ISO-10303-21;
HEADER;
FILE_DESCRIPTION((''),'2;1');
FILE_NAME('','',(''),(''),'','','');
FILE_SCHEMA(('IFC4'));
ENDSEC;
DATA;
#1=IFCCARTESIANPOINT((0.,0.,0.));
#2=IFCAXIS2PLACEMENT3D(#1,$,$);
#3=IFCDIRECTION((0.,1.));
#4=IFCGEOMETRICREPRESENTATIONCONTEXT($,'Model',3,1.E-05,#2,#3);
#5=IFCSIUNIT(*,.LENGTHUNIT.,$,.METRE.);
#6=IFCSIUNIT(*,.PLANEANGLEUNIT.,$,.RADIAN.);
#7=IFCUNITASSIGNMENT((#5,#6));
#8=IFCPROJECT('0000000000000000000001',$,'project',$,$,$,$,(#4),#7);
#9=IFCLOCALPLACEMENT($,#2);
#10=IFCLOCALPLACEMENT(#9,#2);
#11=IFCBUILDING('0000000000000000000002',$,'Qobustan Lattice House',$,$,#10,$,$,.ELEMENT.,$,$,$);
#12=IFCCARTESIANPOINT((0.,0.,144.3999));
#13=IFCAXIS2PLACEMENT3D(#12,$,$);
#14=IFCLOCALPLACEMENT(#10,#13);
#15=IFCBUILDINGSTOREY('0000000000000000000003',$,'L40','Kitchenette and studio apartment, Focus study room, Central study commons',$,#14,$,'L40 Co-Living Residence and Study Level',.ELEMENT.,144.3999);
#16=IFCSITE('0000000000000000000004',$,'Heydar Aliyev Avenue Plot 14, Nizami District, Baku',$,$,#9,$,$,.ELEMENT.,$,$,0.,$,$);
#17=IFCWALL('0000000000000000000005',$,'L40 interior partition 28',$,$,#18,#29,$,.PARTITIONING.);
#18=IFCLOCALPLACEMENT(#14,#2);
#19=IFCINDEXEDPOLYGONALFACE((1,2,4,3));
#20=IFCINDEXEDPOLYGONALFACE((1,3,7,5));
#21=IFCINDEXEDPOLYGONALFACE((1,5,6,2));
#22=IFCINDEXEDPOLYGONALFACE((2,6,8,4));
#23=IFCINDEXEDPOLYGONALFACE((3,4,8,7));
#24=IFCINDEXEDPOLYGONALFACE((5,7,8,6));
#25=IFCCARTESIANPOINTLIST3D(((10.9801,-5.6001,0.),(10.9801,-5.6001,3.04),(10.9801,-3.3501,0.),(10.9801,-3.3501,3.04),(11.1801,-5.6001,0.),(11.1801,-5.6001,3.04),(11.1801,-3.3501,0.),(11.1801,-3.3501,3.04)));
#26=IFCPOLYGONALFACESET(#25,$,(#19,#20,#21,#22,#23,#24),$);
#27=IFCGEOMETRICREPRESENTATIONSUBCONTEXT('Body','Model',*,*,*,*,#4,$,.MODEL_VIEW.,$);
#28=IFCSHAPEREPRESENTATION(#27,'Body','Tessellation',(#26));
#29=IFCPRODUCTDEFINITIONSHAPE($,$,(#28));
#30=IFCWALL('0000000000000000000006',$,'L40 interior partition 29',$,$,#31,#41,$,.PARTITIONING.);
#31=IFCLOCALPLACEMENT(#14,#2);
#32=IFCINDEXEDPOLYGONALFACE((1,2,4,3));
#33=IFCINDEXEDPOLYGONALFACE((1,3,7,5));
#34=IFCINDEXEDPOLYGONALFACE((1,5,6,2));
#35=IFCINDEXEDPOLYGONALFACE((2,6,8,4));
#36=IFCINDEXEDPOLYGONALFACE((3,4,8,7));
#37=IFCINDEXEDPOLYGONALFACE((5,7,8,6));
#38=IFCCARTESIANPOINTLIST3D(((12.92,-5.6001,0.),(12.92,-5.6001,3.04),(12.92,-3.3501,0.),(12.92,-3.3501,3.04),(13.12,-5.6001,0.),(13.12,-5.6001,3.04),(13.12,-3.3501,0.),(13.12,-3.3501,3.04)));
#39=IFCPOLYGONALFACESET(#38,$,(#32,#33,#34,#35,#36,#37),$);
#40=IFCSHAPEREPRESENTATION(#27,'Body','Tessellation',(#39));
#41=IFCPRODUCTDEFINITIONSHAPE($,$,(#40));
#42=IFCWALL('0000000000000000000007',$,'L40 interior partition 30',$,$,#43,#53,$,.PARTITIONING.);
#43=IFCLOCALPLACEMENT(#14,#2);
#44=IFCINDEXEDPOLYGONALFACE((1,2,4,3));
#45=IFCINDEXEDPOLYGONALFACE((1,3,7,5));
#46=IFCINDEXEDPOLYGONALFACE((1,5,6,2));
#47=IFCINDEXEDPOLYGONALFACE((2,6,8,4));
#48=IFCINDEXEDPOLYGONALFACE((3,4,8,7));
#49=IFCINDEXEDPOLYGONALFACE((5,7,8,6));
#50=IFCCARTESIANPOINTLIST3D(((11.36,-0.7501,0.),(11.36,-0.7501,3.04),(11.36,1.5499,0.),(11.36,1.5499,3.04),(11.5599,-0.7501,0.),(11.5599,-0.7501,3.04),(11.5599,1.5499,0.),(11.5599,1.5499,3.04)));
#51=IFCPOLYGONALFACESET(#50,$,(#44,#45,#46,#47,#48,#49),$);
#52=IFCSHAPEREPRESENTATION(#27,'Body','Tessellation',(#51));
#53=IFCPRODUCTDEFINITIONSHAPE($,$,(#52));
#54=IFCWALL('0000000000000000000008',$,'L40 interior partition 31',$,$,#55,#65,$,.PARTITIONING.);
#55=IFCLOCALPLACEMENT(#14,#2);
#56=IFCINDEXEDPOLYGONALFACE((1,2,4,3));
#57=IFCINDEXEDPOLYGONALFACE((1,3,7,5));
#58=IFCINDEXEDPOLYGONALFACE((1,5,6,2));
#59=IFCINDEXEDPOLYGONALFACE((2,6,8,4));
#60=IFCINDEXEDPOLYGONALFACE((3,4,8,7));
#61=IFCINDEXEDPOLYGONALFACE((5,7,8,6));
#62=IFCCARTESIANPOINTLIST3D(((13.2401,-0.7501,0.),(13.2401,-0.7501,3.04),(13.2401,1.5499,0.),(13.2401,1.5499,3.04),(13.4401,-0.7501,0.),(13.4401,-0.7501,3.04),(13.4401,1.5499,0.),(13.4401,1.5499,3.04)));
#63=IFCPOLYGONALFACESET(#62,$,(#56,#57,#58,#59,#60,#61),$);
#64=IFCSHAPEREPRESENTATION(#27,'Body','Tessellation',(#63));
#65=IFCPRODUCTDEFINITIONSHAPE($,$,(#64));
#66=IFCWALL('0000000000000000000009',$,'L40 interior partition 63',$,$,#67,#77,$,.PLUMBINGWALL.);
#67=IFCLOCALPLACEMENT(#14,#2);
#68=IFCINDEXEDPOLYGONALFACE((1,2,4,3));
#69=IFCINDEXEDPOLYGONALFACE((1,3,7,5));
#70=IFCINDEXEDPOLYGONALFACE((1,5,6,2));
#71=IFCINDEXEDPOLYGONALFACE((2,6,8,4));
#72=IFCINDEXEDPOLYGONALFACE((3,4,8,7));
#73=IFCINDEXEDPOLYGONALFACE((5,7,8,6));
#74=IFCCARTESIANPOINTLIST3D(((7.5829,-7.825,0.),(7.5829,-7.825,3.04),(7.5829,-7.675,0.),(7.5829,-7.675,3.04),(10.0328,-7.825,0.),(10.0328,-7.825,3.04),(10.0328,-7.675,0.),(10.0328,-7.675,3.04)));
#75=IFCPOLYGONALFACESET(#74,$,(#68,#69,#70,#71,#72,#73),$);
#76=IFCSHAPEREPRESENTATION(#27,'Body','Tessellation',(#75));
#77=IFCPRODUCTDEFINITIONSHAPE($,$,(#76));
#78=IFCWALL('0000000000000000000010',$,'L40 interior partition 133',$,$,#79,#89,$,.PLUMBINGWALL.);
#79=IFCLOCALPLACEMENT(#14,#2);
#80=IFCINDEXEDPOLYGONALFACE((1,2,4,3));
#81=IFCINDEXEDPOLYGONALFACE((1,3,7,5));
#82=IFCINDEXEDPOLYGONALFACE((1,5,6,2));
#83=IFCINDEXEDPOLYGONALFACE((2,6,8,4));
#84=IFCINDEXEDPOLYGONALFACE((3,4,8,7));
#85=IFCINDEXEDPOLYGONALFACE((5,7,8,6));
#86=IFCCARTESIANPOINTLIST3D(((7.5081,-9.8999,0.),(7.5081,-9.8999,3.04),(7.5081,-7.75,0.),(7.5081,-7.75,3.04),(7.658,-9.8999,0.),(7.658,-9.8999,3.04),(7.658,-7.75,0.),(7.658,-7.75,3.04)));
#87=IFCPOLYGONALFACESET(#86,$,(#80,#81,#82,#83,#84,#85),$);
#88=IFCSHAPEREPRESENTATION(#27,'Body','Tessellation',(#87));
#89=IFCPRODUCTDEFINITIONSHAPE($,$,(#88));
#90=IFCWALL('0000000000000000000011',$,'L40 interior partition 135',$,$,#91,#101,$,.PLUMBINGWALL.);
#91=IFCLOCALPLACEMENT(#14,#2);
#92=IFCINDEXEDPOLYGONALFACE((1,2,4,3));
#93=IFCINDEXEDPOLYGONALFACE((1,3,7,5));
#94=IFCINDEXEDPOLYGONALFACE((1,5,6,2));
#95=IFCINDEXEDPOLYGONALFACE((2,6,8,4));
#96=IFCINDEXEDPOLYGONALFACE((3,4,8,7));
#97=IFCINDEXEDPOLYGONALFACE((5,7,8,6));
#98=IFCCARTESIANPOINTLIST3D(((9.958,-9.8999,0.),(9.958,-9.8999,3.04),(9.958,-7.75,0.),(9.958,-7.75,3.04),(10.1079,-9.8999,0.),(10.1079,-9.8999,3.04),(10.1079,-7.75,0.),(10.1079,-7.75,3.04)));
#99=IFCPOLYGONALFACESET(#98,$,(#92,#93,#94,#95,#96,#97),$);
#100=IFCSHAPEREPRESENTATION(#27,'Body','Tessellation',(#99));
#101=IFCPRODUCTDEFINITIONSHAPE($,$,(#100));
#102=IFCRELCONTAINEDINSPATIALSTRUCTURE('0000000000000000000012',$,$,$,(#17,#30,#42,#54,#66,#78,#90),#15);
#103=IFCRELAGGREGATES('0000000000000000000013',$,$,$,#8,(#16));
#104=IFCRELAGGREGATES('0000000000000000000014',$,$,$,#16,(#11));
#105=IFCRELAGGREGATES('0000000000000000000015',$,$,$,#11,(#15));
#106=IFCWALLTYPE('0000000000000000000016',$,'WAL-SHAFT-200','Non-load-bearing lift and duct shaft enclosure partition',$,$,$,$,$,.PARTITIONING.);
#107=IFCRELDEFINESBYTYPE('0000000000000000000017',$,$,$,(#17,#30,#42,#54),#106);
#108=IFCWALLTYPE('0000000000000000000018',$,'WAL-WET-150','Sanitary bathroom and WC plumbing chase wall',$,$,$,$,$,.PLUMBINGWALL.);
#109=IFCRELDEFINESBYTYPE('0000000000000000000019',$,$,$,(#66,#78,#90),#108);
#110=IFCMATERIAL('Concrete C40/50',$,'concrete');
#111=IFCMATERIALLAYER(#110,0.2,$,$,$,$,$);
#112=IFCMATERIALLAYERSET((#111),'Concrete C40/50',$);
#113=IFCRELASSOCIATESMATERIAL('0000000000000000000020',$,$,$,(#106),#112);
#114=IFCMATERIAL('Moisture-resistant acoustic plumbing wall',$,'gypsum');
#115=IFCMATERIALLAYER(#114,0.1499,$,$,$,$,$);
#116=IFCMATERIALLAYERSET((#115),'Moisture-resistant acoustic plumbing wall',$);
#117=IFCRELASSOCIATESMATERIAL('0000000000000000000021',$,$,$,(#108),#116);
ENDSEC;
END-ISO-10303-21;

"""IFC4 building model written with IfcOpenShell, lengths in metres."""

from ifc_helpers import new_model, si_unit, direction, frame, frame_2d, origin, place, context, subcontext, project, spatial, rectangle, extrude, material, layer, layer_set, type_object, element, save


model = new_model("IFC4")

# Units and contexts
model_context = context("Model", 3, precision=1e-05, world=origin(), true_north=direction((0.0, 1.0)))
body_context = subcontext(model_context, "Body", "Model", "MODEL_VIEW")
ifc_project = project(units=[si_unit("LENGTHUNIT", "METRE"), si_unit("PLANEANGLEUNIT", "RADIAN")], contexts=[model_context])

# Site, building, storey
site_placement = place(None, origin())
site = spatial("IfcSite", under=ifc_project, at=site_placement, Name="Heydar Aliyev Avenue Plot 14, Nizami District, Baku", CompositionType="ELEMENT", RefElevation=0.0)
building_placement = place(site_placement, origin())
building = spatial("IfcBuilding", under=site, at=building_placement, Name="Qobustan Lattice House", CompositionType="ELEMENT")
storey_placement = place(building_placement, frame((0.0, 0.0, 144.3999)))
storey = spatial("IfcBuildingStorey", under=building, at=storey_placement, Name="L40", Description="Kitchenette and studio apartment, Focus study room, Central study commons", LongName="L40 Co-Living Residence and Study Level", CompositionType="ELEMENT", Elevation=144.3999)

# Shared definitions
ifc_material_1 = material(Name="Concrete C40/50", Category="concrete")
ifc_layer_1 = layer(ifc_material_1, 0.2)
ifc_layer_set_1 = layer_set([ifc_layer_1], Name="Concrete C40/50")
wall_type_1 = type_object("IfcWallType", Name="WAL-SHAFT-200", Description="Non-load-bearing lift and duct shaft enclosure partition", PredefinedType="PARTITIONING", material=ifc_layer_set_1)

# Walls
for number, where, z_axis, x_axis, name in (
    (1, (11.0801, -5.6001, 0.0), (0.0, 0.0, 1.0), (0.0, 1.0, 0.0), "L40 interior partition 28"),
    (2, (13.02, -5.6001, 0.0), (0.0, 0.0, 1.0), (0.0, 1.0, 0.0), "L40 interior partition 29"),
):
    element("IfcWall", number, at=place(storey_placement, frame(where, z_axis=z_axis, x_axis=x_axis)), inside=storey, type_object=wall_type_1, Name=name, PredefinedType="PARTITIONING", context=body_context, shape_type="SweptSolid", body=[
        extrude(rectangle(XDim=2.25, YDim=0.2, at=frame_2d((1.125, 0.0))), origin(), (0.0, 0.0, 1.0), 3.04),
    ])
for number, where, z_axis, x_axis, name in (
    (3, (11.46, -0.75, 0.0), (0.0, 0.0, 1.0), (0.0, 1.0, 0.0), "L40 interior partition 30"),
    (4, (13.3401, -0.75, 0.0), (0.0, 0.0, 1.0), (0.0, 1.0, 0.0), "L40 interior partition 31"),
):
    element("IfcWall", number, at=place(storey_placement, frame(where, z_axis=z_axis, x_axis=x_axis)), inside=storey, type_object=wall_type_1, Name=name, PredefinedType="PARTITIONING", context=body_context, shape_type="SweptSolid", body=[
        extrude(rectangle(XDim=2.3, YDim=0.2, at=frame_2d((1.1499, 0.0))), origin(), (0.0, 0.0, 1.0), 3.04),
    ])
ifc_material_2 = material(Name="Moisture-resistant acoustic plumbing wall", Category="gypsum")
ifc_layer_2 = layer(ifc_material_2, 0.1499)
ifc_layer_set_2 = layer_set([ifc_layer_2], Name="Moisture-resistant acoustic plumbing wall")
wall_type_2 = type_object("IfcWallType", Name="WAL-WET-150", Description="Sanitary bathroom and WC plumbing chase wall", PredefinedType="PLUMBINGWALL", material=ifc_layer_set_2)
wall_1_placement = place(storey_placement, frame((10.033, -7.75, 0.0), z_axis=(0.0, 0.0, 1.0), x_axis=(-1.0, 0.0, 0.0)))
element("IfcWall", 5, at=wall_1_placement, inside=storey, type_object=wall_type_2, Name="L40 interior partition 63", PredefinedType="PLUMBINGWALL", context=body_context, shape_type="SweptSolid", body=[
    extrude(rectangle(XDim=2.45, YDim=0.1499, at=frame_2d((1.2251, 0.0))), origin(), (0.0, 0.0, 1.0), 3.04),
])
for number, where, z_axis, x_axis, name in (
    (6, (7.583, -7.75, 0.0), (0.0, 0.0, 1.0), (0.0, -1.0, 0.0), "L40 interior partition 133"),
    (7, (10.033, -9.8999, 0.0), (0.0, 0.0, 1.0), (0.0, 1.0, 0.0), "L40 interior partition 135"),
):
    element("IfcWall", number, at=place(storey_placement, frame(where, z_axis=z_axis, x_axis=x_axis)), inside=storey, type_object=wall_type_2, Name=name, PredefinedType="PLUMBINGWALL", context=body_context, shape_type="SweptSolid", body=[
        extrude(rectangle(XDim=2.1499, YDim=0.1499, at=frame_2d((1.075, 0.0))), origin(), (0.0, 0.0, 1.0), 3.04),
    ])

save(model, "model.ifc")
